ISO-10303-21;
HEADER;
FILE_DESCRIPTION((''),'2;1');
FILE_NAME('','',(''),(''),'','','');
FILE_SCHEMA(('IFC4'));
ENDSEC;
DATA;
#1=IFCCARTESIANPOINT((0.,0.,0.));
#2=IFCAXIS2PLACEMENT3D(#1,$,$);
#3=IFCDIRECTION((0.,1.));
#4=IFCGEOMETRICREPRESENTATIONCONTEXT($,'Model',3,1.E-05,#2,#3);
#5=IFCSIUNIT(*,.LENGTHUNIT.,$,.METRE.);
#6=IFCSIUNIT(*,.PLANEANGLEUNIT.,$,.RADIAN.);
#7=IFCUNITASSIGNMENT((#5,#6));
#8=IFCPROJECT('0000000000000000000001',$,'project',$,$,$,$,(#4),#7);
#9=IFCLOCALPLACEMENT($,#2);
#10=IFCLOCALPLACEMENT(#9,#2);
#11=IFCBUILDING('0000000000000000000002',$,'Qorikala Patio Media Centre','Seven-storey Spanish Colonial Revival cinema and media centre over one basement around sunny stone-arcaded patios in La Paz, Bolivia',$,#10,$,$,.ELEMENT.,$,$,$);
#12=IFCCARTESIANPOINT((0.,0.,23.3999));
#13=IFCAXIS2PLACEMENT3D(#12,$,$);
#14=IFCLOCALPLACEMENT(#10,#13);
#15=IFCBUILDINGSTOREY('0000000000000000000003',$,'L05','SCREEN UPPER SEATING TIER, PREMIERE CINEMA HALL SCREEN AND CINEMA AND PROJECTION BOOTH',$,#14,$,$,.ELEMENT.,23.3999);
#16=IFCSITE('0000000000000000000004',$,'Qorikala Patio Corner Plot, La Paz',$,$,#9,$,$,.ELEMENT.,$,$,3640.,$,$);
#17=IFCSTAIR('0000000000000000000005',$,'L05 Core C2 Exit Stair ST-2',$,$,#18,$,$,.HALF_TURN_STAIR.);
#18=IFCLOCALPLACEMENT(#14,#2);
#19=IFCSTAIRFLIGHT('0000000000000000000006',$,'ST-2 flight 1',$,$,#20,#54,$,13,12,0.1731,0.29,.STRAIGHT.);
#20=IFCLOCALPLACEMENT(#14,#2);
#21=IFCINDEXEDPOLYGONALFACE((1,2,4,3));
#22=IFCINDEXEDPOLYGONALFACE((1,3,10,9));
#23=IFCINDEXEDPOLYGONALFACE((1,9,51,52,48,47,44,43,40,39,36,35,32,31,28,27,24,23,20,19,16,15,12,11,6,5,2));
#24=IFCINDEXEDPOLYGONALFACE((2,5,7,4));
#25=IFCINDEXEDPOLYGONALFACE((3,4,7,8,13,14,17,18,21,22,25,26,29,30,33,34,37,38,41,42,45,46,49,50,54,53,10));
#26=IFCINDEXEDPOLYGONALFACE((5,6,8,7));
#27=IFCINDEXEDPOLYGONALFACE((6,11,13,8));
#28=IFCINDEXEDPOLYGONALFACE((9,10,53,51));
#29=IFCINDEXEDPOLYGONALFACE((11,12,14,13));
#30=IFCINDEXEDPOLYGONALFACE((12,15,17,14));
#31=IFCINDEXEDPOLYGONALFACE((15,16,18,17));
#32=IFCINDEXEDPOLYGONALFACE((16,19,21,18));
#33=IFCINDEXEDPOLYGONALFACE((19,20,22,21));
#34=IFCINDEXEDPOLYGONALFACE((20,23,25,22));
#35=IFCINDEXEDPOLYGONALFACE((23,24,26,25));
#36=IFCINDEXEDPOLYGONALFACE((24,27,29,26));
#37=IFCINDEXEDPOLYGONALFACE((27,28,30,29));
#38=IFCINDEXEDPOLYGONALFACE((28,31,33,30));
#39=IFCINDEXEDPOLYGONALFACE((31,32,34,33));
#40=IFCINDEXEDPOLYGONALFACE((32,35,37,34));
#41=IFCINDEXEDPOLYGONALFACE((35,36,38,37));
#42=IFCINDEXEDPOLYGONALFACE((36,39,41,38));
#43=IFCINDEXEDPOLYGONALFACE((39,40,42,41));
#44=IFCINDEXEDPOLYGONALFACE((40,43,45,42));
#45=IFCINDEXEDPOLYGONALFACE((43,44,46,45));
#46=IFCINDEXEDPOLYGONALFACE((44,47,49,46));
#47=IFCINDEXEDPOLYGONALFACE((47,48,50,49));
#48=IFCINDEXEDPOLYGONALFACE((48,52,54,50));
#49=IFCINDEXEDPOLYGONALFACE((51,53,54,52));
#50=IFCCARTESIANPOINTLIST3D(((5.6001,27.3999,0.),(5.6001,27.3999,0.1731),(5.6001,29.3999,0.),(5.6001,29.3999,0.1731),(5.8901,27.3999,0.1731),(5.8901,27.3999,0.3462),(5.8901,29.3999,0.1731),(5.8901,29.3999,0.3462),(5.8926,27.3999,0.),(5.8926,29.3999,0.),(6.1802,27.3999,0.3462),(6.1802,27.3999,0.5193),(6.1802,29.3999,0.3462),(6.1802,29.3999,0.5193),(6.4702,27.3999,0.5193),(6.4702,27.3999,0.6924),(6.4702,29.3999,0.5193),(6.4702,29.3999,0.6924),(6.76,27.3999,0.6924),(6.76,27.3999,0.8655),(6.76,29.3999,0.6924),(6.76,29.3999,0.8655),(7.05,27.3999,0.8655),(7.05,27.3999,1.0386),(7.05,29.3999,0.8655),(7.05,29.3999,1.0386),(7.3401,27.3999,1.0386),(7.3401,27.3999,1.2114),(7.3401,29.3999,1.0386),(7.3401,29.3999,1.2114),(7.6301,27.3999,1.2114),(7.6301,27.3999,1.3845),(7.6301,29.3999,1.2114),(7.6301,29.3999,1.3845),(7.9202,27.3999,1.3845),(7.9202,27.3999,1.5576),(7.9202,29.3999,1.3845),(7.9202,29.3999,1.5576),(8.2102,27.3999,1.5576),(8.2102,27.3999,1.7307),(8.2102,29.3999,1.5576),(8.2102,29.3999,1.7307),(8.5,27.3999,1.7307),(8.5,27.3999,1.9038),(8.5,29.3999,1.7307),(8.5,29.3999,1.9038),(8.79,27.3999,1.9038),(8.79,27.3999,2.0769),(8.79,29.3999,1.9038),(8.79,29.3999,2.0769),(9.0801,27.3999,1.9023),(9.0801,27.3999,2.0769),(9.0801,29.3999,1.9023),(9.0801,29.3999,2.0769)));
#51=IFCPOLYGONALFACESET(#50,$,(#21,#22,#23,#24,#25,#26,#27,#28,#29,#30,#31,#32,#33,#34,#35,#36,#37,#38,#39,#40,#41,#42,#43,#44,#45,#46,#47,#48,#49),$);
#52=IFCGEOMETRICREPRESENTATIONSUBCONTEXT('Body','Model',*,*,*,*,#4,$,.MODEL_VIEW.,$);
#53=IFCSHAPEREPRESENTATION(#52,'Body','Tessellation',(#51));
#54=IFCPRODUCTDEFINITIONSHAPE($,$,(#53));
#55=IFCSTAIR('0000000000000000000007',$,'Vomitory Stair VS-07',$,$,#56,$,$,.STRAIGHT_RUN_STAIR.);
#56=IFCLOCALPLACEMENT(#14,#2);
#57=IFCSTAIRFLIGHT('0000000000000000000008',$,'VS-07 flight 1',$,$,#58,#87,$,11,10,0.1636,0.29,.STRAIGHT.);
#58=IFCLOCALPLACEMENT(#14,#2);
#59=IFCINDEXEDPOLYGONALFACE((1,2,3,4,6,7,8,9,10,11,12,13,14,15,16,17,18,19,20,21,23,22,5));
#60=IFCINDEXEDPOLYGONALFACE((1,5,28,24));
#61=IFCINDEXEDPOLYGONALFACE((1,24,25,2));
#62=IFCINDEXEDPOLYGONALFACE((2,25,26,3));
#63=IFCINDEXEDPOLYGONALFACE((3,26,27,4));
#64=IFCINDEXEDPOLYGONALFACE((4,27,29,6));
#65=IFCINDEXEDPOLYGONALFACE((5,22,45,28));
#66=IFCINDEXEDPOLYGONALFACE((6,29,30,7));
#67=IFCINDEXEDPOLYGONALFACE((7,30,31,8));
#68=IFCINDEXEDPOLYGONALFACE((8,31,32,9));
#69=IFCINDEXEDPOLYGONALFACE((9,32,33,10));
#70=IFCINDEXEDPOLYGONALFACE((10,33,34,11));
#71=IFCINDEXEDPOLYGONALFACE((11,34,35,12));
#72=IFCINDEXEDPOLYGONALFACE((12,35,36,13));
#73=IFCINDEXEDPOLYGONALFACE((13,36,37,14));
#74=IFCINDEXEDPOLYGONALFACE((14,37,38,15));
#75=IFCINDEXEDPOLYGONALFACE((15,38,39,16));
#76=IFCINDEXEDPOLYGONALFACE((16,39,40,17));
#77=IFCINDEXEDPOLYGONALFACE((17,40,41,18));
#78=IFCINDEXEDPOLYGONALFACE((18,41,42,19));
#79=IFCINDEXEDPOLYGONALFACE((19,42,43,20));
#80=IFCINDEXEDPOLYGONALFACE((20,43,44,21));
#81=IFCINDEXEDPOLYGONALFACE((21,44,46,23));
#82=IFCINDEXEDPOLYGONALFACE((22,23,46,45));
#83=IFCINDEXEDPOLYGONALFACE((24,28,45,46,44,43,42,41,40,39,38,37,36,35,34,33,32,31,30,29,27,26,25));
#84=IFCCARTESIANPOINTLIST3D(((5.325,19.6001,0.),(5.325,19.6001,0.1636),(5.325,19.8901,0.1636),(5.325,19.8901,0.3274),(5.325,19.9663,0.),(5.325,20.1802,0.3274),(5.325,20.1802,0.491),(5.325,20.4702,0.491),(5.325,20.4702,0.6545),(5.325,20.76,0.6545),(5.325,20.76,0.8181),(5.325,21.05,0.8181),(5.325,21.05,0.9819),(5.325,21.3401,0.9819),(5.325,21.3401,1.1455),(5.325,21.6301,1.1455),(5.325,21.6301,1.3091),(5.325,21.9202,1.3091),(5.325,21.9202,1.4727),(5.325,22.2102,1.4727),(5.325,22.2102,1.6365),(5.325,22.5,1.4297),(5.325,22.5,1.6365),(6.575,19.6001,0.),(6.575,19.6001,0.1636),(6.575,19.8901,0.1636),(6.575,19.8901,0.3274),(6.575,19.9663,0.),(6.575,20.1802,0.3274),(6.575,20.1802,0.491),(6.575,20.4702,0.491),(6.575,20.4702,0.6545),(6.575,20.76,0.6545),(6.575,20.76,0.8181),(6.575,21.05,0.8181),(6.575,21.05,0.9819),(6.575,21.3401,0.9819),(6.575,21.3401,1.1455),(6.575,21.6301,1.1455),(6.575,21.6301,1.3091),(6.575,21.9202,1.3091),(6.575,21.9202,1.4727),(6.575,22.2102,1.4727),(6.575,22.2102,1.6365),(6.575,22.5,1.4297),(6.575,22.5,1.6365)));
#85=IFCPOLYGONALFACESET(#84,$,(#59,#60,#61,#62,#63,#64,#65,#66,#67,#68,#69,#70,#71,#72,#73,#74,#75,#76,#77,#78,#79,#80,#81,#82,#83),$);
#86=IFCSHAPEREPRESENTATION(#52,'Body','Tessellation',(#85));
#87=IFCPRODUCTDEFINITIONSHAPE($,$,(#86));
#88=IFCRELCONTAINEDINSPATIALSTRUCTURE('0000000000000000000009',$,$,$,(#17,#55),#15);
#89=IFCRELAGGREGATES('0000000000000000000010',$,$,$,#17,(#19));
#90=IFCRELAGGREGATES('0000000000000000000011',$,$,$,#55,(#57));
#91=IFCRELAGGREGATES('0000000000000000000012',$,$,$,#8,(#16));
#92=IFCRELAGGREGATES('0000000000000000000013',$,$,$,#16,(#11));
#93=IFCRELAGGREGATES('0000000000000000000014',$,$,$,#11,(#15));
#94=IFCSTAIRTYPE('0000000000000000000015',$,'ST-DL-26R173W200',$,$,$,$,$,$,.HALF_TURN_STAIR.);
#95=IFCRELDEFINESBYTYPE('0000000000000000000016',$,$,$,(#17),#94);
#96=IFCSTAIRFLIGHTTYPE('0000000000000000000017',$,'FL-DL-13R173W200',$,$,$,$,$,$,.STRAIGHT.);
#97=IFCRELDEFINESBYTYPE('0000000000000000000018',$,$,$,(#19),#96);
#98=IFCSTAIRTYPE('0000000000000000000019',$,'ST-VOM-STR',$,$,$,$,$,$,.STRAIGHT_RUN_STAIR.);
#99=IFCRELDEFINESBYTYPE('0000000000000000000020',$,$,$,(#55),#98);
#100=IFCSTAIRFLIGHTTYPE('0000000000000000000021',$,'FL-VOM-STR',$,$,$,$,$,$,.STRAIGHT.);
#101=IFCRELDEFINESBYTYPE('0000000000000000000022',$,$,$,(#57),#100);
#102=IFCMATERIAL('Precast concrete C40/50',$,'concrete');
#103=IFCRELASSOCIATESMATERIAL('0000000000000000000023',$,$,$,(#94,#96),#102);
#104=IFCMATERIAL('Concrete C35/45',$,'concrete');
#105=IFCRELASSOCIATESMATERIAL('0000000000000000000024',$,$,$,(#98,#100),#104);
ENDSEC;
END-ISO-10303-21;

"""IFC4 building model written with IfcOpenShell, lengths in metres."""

from ifc_helpers import new_model, si_unit, direction, frame, origin, place, context, subcontext, project, spatial, polyline, outline, extrude, material, type_object, element, aggregate, save


model = new_model("IFC4")

# Units and contexts
model_context = context("Model", 3, precision=1e-05, world=origin(), true_north=direction((0.0, 1.0)))
body_context = subcontext(model_context, "Body", "Model", "MODEL_VIEW")
ifc_project = project(units=[si_unit("LENGTHUNIT", "METRE"), si_unit("PLANEANGLEUNIT", "RADIAN")], contexts=[model_context])

# Site, building, storey
site_placement = place(None, origin())
site = spatial("IfcSite", under=ifc_project, at=site_placement, Name="Qorikala Patio Corner Plot, La Paz", CompositionType="ELEMENT", RefElevation=3640.0)
building_placement = place(site_placement, origin())
building = spatial("IfcBuilding", under=site, at=building_placement, Name="Qorikala Patio Media Centre", Description="Seven-storey Spanish Colonial Revival cinema and media centre over one basement around sunny stone-arcaded patios in La Paz, Bolivia", CompositionType="ELEMENT")
storey_placement = place(building_placement, frame((0.0, 0.0, 23.3999)))
storey = spatial("IfcBuildingStorey", under=building, at=storey_placement, Name="L05", Description="SCREEN UPPER SEATING TIER, PREMIERE CINEMA HALL SCREEN AND CINEMA AND PROJECTION BOOTH", CompositionType="ELEMENT", Elevation=23.3999)

# Shared definitions
ifc_material_1 = material(Name="Concrete C35/45", Category="concrete")

# Stairs, stair flights
ifc_material_2 = material(Name="Precast concrete C40/50", Category="concrete")
stair_type_1 = type_object("IfcStairType", Name="ST-DL-26R173W200", PredefinedType="HALF_TURN_STAIR", material=ifc_material_2)
stair_1_placement = place(storey_placement, origin())
stair_1 = element("IfcStair", 1, at=stair_1_placement, inside=storey, type_object=stair_type_1, Name="L05 Core C2 Exit Stair ST-2", PredefinedType="HALF_TURN_STAIR")
stair_flight_type_1 = type_object("IfcStairFlightType", Name="FL-DL-13R173W200", PredefinedType="STRAIGHT", material=ifc_material_2)
stair_flight_1_placement = place(storey_placement, frame((5.6001, 28.3999, 0.0), z_axis=(0.0, 0.0, 1.0), x_axis=(1.0, 0.0, 0.0)))
stair_flight_1 = element("IfcStairFlight", 2, at=stair_flight_1_placement, type_object=stair_flight_type_1, Name="ST-2 flight 1", NumberOfRisers=13, NumberOfTreads=12, PredefinedType="STRAIGHT", RiserHeight=0.1731, TreadLength=0.29, context=body_context, shape_type="SweptSolid", body=[
    extrude(outline(polyline([(0.0, 0.0), (0.0, 0.1731), (0.29, 0.1731), (0.29, 0.3462), (0.5801, 0.3462), (0.5801, 0.5193), (0.8701, 0.5193), (0.8701, 0.6924), (1.1599, 0.6924), (1.1599, 0.8655), (1.45, 0.8655), (1.45, 1.0386), (1.74, 1.0386), (1.74, 1.2114), (2.03, 1.2114), (2.03, 1.3845), (2.3201, 1.3845), (2.3201, 1.5576), (2.6101, 1.5576), (2.6101, 1.7307), (2.8999, 1.7307), (2.8999, 1.9038), (3.1899, 1.9038), (3.1899, 2.0769), (3.48, 2.0769), (3.48, 2.25), (3.48, 1.9023), (0.2925, 0.0), (0.0, 0.0)])), frame((0.0, 1.0, 0.0), z_axis=(0.0, -1.0, 0.0), x_axis=(1.0, 0.0, 0.0)), (0.0, 0.0, 1.0), 2.0),
])
aggregate(stair_1, [stair_flight_1])
stair_type_2 = type_object("IfcStairType", Name="ST-VOM-STR", PredefinedType="STRAIGHT_RUN_STAIR", material=ifc_material_1)
stair_2_placement = place(storey_placement, origin())
stair_2 = element("IfcStair", 3, at=stair_2_placement, inside=storey, type_object=stair_type_2, Name="Vomitory Stair VS-07", PredefinedType="STRAIGHT_RUN_STAIR")
stair_flight_type_2 = type_object("IfcStairFlightType", Name="FL-VOM-STR", PredefinedType="STRAIGHT", material=ifc_material_1)
stair_flight_2_placement = place(storey_placement, frame((5.95, 19.6001, 0.0), z_axis=(0.0, 0.0, 1.0), x_axis=(0.0, 1.0, 0.0)))
stair_flight_2 = element("IfcStairFlight", 4, at=stair_flight_2_placement, type_object=stair_flight_type_2, Name="VS-07 flight 1", NumberOfRisers=11, NumberOfTreads=10, PredefinedType="STRAIGHT", RiserHeight=0.1636, TreadLength=0.29, context=body_context, shape_type="SweptSolid", body=[
    extrude(outline(polyline([(0.0, 0.0), (0.0, 0.1636), (0.29, 0.1636), (0.29, 0.3274), (0.5801, 0.3274), (0.5801, 0.491), (0.8701, 0.491), (0.8701, 0.6545), (1.1599, 0.6545), (1.1599, 0.8181), (1.45, 0.8181), (1.45, 0.9819), (1.74, 0.9819), (1.74, 1.1455), (2.03, 1.1455), (2.03, 1.3091), (2.3201, 1.3091), (2.3201, 1.4727), (2.6101, 1.4727), (2.6101, 1.6365), (2.8999, 1.6365), (2.8999, 1.8), (2.8999, 1.4297), (0.3662, 0.0), (0.0, 0.0)])), frame((0.0, 0.625, 0.0), z_axis=(0.0, -1.0, 0.0), x_axis=(1.0, 0.0, 0.0)), (0.0, 0.0, 1.0), 1.25),
])
aggregate(stair_2, [stair_flight_2])

save(model, "model.ifc")
